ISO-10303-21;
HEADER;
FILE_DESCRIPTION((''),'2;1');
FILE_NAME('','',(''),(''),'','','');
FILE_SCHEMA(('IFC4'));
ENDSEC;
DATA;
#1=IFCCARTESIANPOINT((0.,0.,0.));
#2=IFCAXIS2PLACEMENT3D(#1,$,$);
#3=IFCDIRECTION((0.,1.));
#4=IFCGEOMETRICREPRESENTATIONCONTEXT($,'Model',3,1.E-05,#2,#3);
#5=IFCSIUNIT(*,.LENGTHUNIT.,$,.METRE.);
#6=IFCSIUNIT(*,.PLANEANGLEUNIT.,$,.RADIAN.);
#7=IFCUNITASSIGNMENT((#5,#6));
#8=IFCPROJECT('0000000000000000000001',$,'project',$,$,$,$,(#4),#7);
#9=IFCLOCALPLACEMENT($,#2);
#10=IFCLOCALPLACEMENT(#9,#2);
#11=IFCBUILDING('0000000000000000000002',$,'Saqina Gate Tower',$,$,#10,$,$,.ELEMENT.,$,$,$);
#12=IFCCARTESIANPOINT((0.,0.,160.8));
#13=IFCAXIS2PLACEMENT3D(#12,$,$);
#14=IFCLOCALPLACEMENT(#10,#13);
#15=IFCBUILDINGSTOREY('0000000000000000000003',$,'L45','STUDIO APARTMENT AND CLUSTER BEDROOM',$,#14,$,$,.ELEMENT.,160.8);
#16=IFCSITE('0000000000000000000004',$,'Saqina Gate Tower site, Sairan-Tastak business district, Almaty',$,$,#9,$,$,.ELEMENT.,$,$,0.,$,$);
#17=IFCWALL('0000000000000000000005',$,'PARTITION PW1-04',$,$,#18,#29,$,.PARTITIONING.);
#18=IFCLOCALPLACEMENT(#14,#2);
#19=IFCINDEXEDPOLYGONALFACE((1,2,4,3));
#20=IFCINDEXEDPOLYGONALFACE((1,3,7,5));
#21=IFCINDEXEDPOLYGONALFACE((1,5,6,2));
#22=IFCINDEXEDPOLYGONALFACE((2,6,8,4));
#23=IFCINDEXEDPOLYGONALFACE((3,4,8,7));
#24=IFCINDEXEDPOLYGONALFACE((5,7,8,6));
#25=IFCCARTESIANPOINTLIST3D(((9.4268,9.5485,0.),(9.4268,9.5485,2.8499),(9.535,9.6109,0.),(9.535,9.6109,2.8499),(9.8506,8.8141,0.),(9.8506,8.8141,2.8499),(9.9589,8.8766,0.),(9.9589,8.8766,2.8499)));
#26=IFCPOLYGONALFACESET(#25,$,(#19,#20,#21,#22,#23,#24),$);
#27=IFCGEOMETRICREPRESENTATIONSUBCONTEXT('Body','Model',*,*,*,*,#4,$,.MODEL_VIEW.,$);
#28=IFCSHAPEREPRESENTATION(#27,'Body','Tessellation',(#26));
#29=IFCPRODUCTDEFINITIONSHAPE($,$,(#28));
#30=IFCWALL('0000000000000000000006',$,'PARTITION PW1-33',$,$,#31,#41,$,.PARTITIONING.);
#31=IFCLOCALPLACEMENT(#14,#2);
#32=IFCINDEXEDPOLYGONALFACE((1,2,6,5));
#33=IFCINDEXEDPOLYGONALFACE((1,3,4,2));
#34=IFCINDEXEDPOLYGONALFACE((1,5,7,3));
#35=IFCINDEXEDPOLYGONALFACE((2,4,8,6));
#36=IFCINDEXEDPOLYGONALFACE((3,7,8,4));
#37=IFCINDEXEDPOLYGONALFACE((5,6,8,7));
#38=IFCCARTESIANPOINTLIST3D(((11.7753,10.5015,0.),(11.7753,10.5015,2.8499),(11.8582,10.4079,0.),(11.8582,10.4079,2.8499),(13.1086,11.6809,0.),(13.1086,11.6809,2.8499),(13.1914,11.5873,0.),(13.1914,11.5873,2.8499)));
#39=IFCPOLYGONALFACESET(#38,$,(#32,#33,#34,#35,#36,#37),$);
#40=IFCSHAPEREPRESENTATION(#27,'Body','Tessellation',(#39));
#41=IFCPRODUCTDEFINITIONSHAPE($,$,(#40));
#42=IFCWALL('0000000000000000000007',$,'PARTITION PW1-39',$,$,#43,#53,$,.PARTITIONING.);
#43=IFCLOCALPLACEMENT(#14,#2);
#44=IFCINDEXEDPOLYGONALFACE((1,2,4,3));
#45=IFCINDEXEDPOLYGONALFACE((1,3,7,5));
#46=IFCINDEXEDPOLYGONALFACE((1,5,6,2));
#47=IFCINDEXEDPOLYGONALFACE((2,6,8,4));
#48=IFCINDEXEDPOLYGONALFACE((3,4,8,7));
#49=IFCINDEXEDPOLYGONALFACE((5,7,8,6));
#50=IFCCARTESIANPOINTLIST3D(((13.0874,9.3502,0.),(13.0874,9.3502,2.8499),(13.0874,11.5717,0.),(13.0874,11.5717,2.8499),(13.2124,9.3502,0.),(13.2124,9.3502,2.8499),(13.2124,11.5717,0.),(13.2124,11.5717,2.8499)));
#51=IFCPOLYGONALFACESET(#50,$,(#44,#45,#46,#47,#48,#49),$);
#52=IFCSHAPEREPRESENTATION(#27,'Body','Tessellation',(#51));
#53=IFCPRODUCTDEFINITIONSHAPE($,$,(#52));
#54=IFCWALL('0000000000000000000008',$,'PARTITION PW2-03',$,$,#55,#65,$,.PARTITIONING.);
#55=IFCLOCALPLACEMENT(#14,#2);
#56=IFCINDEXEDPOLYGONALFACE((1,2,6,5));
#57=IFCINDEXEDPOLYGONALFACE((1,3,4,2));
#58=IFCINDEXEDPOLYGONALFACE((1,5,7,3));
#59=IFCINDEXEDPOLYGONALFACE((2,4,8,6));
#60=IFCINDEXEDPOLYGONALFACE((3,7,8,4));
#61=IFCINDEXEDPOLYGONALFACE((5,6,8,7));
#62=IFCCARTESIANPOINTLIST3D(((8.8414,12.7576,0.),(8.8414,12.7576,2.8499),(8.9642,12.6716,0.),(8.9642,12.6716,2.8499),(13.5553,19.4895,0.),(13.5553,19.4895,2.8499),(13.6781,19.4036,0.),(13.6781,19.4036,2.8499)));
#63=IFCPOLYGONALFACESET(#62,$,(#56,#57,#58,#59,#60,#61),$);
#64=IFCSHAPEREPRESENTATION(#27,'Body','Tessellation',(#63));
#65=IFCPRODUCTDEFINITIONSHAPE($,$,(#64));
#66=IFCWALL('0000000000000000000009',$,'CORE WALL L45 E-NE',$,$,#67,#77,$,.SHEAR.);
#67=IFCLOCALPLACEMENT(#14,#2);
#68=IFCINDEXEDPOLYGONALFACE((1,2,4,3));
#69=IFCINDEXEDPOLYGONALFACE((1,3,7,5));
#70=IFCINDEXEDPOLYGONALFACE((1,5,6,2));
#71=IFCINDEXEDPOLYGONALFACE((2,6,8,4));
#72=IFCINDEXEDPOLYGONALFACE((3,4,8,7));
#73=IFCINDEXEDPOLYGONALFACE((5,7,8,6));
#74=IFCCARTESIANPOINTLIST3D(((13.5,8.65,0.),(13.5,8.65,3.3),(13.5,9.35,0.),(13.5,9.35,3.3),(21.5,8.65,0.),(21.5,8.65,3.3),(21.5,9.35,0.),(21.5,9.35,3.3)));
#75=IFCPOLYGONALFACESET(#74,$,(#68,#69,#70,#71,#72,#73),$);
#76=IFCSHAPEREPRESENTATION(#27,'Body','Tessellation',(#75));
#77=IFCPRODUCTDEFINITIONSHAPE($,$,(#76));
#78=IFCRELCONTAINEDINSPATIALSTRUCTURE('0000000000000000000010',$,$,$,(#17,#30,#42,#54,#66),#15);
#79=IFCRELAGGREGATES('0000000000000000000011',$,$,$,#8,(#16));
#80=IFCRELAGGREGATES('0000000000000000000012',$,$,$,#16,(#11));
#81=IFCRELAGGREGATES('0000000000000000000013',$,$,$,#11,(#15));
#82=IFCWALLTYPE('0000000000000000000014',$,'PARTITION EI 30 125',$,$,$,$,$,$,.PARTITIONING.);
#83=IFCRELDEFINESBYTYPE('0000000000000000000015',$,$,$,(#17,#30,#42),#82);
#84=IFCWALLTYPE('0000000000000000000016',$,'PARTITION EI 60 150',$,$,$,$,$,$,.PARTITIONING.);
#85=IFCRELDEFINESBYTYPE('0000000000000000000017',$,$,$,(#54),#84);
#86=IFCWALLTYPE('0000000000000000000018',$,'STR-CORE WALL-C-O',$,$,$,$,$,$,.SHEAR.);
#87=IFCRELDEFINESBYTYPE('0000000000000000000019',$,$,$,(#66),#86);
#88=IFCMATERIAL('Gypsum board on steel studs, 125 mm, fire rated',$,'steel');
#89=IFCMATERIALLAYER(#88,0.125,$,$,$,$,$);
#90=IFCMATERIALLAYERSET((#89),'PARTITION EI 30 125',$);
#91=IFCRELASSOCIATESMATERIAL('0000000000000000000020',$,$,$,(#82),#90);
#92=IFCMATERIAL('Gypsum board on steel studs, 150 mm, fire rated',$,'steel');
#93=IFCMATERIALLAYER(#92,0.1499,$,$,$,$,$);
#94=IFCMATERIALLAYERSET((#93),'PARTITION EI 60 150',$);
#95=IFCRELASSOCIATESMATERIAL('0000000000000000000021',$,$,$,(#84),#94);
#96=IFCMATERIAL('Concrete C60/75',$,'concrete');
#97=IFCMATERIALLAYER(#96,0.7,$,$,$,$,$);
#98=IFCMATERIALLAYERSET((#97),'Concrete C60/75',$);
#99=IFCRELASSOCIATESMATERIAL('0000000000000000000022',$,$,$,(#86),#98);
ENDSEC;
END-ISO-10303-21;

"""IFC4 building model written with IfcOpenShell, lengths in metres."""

from ifc_helpers import new_model, si_unit, direction, frame, frame_2d, origin, place, context, subcontext, project, spatial, rectangle, extrude, material, layer, layer_set, type_object, element, save


model = new_model("IFC4")

# Units and contexts
model_context = context("Model", 3, precision=1e-05, world=origin(), true_north=direction((0.0, 1.0)))
body_context = subcontext(model_context, "Body", "Model", "MODEL_VIEW")
ifc_project = project(units=[si_unit("LENGTHUNIT", "METRE"), si_unit("PLANEANGLEUNIT", "RADIAN")], contexts=[model_context])

# Site, building, storey
site_placement = place(None, origin())
site = spatial("IfcSite", under=ifc_project, at=site_placement, Name="Saqina Gate Tower site, Sairan-Tastak business district, Almaty", CompositionType="ELEMENT", RefElevation=0.0)
building_placement = place(site_placement, origin())
building = spatial("IfcBuilding", under=site, at=building_placement, Name="Saqina Gate Tower", CompositionType="ELEMENT")
storey_placement = place(building_placement, frame((0.0, 0.0, 160.8)))
storey = spatial("IfcBuildingStorey", under=building, at=storey_placement, Name="L45", Description="STUDIO APARTMENT AND CLUSTER BEDROOM", CompositionType="ELEMENT", Elevation=160.8)

# Walls
ifc_material_1 = material(Name="Gypsum board on steel studs, 125 mm, fire rated", Category="steel")
ifc_layer_1 = layer(ifc_material_1, 0.125)
ifc_layer_set_1 = layer_set([ifc_layer_1], Name="PARTITION EI 30 125")
wall_type_1 = type_object("IfcWallType", Name="PARTITION EI 30 125", PredefinedType="PARTITIONING", material=ifc_layer_set_1)
wall_1_placement = place(storey_placement, frame((9.481, 9.5796, 0.0), z_axis=(0.0, 0.0, 1.0), x_axis=(0.499855, -0.866109, 0.0)))
element("IfcWall", 1, at=wall_1_placement, inside=storey, type_object=wall_type_1, Name="PARTITION PW1-04", PredefinedType="PARTITIONING", context=body_context, shape_type="SweptSolid", body=[
    extrude(rectangle(XDim=0.8479, YDim=0.125, at=frame_2d((0.4238, 0.0))), origin(), (0.0, 0.0, 1.0), 2.8499),
])
wall_2_placement = place(storey_placement, frame((11.8167, 10.4546, 0.0), z_axis=(0.0, 0.0, 1.0), x_axis=(0.748989, 0.662583, 0.0)))
element("IfcWall", 2, at=wall_2_placement, inside=storey, type_object=wall_type_1, Name="PARTITION PW1-33", PredefinedType="PARTITIONING", context=body_context, shape_type="SweptSolid", body=[
    extrude(rectangle(XDim=1.78, YDim=0.125, at=frame_2d((0.8901, 0.0))), origin(), (0.0, 0.0, 1.0), 2.8499),
])
wall_3_placement = place(storey_placement, frame((13.1499, 9.3501, 0.0), z_axis=(0.0, 0.0, 1.0), x_axis=(0.0, 1.0, 0.0)))
element("IfcWall", 3, at=wall_3_placement, inside=storey, type_object=wall_type_1, Name="PARTITION PW1-39", PredefinedType="PARTITIONING", context=body_context, shape_type="SweptSolid", body=[
    extrude(rectangle(XDim=2.2214, YDim=0.125, at=frame_2d((1.1108, 0.0))), origin(), (0.0, 0.0, 1.0), 2.8499),
])
ifc_material_2 = material(Name="Gypsum board on steel studs, 150 mm, fire rated", Category="steel")
ifc_layer_2 = layer(ifc_material_2, 0.1499)
ifc_layer_set_2 = layer_set([ifc_layer_2], Name="PARTITION EI 60 150")
wall_type_2 = type_object("IfcWallType", Name="PARTITION EI 60 150", PredefinedType="PARTITIONING", material=ifc_layer_set_2)
wall_4_placement = place(storey_placement, frame((8.9028, 12.7146, 0.0), z_axis=(0.0, 0.0, 1.0), x_axis=(0.573586, 0.819145, 0.0)))
element("IfcWall", 4, at=wall_4_placement, inside=storey, type_object=wall_type_2, Name="PARTITION PW2-03", PredefinedType="PARTITIONING", context=body_context, shape_type="SweptSolid", body=[
    extrude(rectangle(XDim=8.2183, YDim=0.1499, at=frame_2d((4.1091, 0.0))), origin(), (0.0, 0.0, 1.0), 2.8499),
])
ifc_material_3 = material(Name="Concrete C60/75", Category="concrete")
ifc_layer_3 = layer(ifc_material_3, 0.7)
ifc_layer_set_3 = layer_set([ifc_layer_3], Name="Concrete C60/75")
wall_type_3 = type_object("IfcWallType", Name="STR-CORE WALL-C-O", PredefinedType="SHEAR", material=ifc_layer_set_3)
wall_5_placement = place(storey_placement, frame((13.5, 9.0, 0.0), z_axis=(0.0, 0.0, 1.0), x_axis=(1.0, 0.0, 0.0)))
element("IfcWall", 5, at=wall_5_placement, inside=storey, type_object=wall_type_3, Name="CORE WALL L45 E-NE", PredefinedType="SHEAR", context=body_context, shape_type="SweptSolid", body=[
    extrude(rectangle(XDim=8.0, YDim=0.7, at=frame_2d((4.0, 0.0))), origin(), (0.0, 0.0, 1.0), 3.3),
])

save(model, "model.ifc")
